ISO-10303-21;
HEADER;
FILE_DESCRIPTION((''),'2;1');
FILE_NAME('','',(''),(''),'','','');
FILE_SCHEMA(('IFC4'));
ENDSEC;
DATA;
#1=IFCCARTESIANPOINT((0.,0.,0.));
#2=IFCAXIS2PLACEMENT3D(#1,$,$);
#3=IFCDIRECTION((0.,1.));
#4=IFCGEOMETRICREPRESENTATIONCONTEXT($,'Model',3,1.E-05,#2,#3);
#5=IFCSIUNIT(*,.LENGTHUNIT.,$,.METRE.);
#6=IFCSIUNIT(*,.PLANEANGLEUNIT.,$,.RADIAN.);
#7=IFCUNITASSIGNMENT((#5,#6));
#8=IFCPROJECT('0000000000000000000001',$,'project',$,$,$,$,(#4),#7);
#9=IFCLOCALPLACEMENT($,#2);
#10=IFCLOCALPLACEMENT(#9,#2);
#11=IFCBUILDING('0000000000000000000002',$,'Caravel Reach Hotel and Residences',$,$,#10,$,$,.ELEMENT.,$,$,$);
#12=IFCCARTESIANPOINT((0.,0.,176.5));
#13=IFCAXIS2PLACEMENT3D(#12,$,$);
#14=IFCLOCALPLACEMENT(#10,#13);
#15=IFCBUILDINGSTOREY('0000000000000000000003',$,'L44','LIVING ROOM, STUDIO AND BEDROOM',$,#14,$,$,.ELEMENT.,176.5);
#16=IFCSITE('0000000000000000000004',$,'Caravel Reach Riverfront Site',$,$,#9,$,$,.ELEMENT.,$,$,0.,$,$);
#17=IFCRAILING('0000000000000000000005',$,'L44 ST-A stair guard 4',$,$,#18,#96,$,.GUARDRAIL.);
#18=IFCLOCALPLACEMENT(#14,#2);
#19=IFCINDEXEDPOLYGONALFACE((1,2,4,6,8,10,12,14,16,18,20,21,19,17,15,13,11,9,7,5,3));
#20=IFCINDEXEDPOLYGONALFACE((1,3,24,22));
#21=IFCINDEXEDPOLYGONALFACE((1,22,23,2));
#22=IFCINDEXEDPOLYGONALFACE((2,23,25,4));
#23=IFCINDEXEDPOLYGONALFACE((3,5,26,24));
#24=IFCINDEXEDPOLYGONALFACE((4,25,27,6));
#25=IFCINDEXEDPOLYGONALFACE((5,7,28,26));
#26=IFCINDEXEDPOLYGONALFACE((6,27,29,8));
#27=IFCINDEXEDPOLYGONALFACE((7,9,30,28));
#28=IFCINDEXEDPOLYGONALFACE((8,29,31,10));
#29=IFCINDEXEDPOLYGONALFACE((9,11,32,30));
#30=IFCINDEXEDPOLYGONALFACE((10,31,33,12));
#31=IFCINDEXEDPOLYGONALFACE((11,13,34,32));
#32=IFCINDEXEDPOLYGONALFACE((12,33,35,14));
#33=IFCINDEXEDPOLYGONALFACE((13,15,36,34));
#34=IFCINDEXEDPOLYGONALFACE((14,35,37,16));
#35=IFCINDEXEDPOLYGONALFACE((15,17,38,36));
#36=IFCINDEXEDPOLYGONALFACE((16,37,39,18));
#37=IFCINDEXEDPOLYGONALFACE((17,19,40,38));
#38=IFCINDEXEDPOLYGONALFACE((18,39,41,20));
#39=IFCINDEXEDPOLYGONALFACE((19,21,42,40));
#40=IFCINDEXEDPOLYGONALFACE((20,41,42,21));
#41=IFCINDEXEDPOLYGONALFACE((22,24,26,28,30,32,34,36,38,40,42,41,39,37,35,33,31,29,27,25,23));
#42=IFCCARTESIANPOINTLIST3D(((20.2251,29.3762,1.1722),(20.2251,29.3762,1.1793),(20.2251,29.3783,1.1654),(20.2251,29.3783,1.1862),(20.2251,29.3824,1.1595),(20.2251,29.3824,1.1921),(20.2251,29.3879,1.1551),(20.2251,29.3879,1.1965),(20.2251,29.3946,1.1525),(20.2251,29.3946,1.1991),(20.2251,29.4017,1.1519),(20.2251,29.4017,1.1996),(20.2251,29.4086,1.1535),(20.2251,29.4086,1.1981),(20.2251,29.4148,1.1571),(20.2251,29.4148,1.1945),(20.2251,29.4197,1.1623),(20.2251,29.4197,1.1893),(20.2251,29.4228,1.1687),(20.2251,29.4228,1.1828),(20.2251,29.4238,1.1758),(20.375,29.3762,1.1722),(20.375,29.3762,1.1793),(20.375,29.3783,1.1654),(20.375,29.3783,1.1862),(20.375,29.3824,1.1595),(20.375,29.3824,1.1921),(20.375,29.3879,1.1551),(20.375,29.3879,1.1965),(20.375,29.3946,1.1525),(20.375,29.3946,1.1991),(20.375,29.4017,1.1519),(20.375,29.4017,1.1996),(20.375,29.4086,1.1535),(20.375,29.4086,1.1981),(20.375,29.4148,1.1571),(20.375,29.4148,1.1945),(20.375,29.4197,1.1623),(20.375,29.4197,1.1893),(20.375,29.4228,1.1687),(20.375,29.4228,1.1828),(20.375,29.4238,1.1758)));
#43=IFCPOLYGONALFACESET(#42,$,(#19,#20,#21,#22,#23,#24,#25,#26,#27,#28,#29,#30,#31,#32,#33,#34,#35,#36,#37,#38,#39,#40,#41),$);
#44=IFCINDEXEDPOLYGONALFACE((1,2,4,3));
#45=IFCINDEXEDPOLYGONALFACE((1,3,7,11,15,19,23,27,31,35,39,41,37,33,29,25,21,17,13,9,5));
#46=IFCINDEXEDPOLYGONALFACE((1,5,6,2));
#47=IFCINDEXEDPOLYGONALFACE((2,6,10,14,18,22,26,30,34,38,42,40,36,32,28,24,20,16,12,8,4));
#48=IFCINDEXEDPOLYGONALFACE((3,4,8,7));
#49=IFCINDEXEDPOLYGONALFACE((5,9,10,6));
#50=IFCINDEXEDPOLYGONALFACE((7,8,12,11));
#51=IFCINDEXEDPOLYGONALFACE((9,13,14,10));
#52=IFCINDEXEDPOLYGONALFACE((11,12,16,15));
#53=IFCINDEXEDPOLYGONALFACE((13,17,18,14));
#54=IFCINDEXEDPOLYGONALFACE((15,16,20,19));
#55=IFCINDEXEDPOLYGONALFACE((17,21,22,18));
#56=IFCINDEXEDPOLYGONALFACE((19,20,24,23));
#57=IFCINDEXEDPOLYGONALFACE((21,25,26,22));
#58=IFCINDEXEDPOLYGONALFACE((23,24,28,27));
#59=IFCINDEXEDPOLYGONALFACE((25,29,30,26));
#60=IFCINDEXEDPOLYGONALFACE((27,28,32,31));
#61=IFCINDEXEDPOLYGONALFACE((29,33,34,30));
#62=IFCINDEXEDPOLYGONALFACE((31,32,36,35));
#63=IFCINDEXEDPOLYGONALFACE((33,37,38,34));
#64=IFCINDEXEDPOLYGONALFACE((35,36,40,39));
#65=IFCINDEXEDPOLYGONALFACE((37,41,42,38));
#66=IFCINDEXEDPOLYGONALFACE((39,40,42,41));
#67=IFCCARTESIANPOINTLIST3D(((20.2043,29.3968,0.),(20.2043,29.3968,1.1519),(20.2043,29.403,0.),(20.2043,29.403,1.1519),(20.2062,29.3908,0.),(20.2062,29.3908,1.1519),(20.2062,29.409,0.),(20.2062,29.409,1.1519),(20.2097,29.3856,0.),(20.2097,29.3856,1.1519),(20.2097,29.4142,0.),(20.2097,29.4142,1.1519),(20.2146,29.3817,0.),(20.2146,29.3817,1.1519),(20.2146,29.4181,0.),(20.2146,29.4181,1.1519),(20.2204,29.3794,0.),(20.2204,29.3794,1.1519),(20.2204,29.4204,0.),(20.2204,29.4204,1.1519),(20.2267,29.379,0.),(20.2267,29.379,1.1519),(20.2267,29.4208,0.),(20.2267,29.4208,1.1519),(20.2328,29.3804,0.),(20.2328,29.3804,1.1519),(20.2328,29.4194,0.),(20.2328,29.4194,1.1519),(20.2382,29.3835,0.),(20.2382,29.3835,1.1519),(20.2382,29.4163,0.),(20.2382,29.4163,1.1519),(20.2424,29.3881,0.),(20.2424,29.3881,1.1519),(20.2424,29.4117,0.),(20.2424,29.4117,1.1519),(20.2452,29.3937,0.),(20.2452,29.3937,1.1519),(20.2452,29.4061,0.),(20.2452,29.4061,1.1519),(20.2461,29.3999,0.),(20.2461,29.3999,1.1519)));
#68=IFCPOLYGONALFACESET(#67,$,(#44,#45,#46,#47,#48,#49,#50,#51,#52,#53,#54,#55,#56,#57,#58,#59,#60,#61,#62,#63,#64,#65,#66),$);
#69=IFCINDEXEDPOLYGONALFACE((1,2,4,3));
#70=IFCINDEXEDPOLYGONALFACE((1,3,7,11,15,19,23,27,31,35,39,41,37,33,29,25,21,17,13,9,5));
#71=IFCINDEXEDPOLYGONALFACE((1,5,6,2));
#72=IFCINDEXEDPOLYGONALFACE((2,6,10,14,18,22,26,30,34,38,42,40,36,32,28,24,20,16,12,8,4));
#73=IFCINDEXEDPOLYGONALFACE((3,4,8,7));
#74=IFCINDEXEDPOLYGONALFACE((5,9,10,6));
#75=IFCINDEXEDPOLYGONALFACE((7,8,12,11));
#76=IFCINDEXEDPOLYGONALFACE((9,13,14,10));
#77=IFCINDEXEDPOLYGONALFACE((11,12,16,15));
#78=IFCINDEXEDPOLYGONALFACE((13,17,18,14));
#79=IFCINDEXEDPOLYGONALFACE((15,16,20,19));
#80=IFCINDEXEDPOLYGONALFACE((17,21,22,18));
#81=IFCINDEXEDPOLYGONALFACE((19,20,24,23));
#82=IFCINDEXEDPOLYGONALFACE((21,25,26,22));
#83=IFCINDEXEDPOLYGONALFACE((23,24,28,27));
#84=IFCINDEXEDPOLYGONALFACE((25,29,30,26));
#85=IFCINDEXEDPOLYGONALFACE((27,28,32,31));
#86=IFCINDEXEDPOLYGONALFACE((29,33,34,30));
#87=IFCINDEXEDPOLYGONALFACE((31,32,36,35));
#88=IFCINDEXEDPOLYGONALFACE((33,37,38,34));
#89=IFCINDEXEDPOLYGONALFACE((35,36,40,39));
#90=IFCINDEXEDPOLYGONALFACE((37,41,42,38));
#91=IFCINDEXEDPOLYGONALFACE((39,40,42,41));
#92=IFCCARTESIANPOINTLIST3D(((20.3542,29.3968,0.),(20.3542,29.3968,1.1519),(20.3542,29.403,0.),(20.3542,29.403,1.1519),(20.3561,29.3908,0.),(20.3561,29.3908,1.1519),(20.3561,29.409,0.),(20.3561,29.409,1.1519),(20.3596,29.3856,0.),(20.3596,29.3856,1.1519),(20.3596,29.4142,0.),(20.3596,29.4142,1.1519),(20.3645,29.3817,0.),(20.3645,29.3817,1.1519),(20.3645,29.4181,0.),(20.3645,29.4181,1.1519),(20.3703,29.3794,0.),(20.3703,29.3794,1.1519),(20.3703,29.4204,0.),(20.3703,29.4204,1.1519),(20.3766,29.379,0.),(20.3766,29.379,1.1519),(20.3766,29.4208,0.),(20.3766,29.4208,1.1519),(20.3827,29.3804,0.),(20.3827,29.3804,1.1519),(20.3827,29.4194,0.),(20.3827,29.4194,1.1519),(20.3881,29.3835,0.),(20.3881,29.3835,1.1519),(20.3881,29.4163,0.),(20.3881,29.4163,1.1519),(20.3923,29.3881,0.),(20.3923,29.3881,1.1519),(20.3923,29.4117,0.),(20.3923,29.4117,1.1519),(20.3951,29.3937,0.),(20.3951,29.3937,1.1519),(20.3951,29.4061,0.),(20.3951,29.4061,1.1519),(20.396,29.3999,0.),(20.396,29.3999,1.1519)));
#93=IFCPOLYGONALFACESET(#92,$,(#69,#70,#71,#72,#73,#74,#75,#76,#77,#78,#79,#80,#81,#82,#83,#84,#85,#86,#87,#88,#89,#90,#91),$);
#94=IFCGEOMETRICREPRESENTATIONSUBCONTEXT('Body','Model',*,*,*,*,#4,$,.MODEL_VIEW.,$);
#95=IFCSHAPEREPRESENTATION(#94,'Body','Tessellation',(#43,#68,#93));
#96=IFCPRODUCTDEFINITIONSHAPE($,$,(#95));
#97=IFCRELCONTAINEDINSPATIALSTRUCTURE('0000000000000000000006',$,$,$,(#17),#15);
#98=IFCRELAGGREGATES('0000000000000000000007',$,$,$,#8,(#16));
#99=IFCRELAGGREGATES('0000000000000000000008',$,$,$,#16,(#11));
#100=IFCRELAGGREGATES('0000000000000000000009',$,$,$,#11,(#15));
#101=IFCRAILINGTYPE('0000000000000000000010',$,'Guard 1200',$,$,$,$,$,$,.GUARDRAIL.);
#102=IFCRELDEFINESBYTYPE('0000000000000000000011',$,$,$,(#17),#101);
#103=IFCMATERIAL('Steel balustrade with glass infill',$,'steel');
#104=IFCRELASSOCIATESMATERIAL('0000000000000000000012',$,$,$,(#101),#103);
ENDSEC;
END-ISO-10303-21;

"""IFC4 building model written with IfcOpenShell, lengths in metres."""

from ifc_helpers import new_model, si_unit, direction, frame, origin, origin_2d, place, context, subcontext, project, spatial, circle, extrude, material, type_object, element, save


model = new_model("IFC4")

# Units and contexts
model_context = context("Model", 3, precision=1e-05, world=origin(), true_north=direction((0.0, 1.0)))
body_context = subcontext(model_context, "Body", "Model", "MODEL_VIEW")
ifc_project = project(units=[si_unit("LENGTHUNIT", "METRE"), si_unit("PLANEANGLEUNIT", "RADIAN")], contexts=[model_context])

# Site, building, storey
site_placement = place(None, origin())
site = spatial("IfcSite", under=ifc_project, at=site_placement, Name="Caravel Reach Riverfront Site", CompositionType="ELEMENT", RefElevation=0.0)
building_placement = place(site_placement, origin())
building = spatial("IfcBuilding", under=site, at=building_placement, Name="Caravel Reach Hotel and Residences", CompositionType="ELEMENT")
storey_placement = place(building_placement, frame((0.0, 0.0, 176.5)))
storey = spatial("IfcBuildingStorey", under=building, at=storey_placement, Name="L44", Description="LIVING ROOM, STUDIO AND BEDROOM", CompositionType="ELEMENT", Elevation=176.5)

# Railing
ifc_material_1 = material(Name="Steel balustrade with glass infill", Category="steel")
railing_type_1 = type_object("IfcRailingType", Name="Guard 1200", PredefinedType="GUARDRAIL", material=ifc_material_1)
railing_1_placement = place(storey_placement, frame((20.2251, 29.3999, 0.0)))
element("IfcRailing", 1, at=railing_1_placement, inside=storey, type_object=railing_type_1, Name="L44 ST-A stair guard 4", PredefinedType="GUARDRAIL", context=body_context, shape_type="SweptSolid", body=[
    extrude(circle(Radius=0.0239, at=origin_2d()), frame((0.0, 0.0, 1.1758), z_axis=(1.0, 0.0, 0.0), x_axis=(0.0, 1.0, 0.0)), (0.0, 0.0, 1.0), 0.1499),
    extrude(circle(Radius=0.021, at=origin_2d()), origin(), (0.0, 0.0, 1.0), 1.1519),
    extrude(circle(Radius=0.021, at=origin_2d()), frame((0.1499, 0.0, 0.0)), (0.0, 0.0, 1.0), 1.1519),
])

save(model, "model.ifc")
